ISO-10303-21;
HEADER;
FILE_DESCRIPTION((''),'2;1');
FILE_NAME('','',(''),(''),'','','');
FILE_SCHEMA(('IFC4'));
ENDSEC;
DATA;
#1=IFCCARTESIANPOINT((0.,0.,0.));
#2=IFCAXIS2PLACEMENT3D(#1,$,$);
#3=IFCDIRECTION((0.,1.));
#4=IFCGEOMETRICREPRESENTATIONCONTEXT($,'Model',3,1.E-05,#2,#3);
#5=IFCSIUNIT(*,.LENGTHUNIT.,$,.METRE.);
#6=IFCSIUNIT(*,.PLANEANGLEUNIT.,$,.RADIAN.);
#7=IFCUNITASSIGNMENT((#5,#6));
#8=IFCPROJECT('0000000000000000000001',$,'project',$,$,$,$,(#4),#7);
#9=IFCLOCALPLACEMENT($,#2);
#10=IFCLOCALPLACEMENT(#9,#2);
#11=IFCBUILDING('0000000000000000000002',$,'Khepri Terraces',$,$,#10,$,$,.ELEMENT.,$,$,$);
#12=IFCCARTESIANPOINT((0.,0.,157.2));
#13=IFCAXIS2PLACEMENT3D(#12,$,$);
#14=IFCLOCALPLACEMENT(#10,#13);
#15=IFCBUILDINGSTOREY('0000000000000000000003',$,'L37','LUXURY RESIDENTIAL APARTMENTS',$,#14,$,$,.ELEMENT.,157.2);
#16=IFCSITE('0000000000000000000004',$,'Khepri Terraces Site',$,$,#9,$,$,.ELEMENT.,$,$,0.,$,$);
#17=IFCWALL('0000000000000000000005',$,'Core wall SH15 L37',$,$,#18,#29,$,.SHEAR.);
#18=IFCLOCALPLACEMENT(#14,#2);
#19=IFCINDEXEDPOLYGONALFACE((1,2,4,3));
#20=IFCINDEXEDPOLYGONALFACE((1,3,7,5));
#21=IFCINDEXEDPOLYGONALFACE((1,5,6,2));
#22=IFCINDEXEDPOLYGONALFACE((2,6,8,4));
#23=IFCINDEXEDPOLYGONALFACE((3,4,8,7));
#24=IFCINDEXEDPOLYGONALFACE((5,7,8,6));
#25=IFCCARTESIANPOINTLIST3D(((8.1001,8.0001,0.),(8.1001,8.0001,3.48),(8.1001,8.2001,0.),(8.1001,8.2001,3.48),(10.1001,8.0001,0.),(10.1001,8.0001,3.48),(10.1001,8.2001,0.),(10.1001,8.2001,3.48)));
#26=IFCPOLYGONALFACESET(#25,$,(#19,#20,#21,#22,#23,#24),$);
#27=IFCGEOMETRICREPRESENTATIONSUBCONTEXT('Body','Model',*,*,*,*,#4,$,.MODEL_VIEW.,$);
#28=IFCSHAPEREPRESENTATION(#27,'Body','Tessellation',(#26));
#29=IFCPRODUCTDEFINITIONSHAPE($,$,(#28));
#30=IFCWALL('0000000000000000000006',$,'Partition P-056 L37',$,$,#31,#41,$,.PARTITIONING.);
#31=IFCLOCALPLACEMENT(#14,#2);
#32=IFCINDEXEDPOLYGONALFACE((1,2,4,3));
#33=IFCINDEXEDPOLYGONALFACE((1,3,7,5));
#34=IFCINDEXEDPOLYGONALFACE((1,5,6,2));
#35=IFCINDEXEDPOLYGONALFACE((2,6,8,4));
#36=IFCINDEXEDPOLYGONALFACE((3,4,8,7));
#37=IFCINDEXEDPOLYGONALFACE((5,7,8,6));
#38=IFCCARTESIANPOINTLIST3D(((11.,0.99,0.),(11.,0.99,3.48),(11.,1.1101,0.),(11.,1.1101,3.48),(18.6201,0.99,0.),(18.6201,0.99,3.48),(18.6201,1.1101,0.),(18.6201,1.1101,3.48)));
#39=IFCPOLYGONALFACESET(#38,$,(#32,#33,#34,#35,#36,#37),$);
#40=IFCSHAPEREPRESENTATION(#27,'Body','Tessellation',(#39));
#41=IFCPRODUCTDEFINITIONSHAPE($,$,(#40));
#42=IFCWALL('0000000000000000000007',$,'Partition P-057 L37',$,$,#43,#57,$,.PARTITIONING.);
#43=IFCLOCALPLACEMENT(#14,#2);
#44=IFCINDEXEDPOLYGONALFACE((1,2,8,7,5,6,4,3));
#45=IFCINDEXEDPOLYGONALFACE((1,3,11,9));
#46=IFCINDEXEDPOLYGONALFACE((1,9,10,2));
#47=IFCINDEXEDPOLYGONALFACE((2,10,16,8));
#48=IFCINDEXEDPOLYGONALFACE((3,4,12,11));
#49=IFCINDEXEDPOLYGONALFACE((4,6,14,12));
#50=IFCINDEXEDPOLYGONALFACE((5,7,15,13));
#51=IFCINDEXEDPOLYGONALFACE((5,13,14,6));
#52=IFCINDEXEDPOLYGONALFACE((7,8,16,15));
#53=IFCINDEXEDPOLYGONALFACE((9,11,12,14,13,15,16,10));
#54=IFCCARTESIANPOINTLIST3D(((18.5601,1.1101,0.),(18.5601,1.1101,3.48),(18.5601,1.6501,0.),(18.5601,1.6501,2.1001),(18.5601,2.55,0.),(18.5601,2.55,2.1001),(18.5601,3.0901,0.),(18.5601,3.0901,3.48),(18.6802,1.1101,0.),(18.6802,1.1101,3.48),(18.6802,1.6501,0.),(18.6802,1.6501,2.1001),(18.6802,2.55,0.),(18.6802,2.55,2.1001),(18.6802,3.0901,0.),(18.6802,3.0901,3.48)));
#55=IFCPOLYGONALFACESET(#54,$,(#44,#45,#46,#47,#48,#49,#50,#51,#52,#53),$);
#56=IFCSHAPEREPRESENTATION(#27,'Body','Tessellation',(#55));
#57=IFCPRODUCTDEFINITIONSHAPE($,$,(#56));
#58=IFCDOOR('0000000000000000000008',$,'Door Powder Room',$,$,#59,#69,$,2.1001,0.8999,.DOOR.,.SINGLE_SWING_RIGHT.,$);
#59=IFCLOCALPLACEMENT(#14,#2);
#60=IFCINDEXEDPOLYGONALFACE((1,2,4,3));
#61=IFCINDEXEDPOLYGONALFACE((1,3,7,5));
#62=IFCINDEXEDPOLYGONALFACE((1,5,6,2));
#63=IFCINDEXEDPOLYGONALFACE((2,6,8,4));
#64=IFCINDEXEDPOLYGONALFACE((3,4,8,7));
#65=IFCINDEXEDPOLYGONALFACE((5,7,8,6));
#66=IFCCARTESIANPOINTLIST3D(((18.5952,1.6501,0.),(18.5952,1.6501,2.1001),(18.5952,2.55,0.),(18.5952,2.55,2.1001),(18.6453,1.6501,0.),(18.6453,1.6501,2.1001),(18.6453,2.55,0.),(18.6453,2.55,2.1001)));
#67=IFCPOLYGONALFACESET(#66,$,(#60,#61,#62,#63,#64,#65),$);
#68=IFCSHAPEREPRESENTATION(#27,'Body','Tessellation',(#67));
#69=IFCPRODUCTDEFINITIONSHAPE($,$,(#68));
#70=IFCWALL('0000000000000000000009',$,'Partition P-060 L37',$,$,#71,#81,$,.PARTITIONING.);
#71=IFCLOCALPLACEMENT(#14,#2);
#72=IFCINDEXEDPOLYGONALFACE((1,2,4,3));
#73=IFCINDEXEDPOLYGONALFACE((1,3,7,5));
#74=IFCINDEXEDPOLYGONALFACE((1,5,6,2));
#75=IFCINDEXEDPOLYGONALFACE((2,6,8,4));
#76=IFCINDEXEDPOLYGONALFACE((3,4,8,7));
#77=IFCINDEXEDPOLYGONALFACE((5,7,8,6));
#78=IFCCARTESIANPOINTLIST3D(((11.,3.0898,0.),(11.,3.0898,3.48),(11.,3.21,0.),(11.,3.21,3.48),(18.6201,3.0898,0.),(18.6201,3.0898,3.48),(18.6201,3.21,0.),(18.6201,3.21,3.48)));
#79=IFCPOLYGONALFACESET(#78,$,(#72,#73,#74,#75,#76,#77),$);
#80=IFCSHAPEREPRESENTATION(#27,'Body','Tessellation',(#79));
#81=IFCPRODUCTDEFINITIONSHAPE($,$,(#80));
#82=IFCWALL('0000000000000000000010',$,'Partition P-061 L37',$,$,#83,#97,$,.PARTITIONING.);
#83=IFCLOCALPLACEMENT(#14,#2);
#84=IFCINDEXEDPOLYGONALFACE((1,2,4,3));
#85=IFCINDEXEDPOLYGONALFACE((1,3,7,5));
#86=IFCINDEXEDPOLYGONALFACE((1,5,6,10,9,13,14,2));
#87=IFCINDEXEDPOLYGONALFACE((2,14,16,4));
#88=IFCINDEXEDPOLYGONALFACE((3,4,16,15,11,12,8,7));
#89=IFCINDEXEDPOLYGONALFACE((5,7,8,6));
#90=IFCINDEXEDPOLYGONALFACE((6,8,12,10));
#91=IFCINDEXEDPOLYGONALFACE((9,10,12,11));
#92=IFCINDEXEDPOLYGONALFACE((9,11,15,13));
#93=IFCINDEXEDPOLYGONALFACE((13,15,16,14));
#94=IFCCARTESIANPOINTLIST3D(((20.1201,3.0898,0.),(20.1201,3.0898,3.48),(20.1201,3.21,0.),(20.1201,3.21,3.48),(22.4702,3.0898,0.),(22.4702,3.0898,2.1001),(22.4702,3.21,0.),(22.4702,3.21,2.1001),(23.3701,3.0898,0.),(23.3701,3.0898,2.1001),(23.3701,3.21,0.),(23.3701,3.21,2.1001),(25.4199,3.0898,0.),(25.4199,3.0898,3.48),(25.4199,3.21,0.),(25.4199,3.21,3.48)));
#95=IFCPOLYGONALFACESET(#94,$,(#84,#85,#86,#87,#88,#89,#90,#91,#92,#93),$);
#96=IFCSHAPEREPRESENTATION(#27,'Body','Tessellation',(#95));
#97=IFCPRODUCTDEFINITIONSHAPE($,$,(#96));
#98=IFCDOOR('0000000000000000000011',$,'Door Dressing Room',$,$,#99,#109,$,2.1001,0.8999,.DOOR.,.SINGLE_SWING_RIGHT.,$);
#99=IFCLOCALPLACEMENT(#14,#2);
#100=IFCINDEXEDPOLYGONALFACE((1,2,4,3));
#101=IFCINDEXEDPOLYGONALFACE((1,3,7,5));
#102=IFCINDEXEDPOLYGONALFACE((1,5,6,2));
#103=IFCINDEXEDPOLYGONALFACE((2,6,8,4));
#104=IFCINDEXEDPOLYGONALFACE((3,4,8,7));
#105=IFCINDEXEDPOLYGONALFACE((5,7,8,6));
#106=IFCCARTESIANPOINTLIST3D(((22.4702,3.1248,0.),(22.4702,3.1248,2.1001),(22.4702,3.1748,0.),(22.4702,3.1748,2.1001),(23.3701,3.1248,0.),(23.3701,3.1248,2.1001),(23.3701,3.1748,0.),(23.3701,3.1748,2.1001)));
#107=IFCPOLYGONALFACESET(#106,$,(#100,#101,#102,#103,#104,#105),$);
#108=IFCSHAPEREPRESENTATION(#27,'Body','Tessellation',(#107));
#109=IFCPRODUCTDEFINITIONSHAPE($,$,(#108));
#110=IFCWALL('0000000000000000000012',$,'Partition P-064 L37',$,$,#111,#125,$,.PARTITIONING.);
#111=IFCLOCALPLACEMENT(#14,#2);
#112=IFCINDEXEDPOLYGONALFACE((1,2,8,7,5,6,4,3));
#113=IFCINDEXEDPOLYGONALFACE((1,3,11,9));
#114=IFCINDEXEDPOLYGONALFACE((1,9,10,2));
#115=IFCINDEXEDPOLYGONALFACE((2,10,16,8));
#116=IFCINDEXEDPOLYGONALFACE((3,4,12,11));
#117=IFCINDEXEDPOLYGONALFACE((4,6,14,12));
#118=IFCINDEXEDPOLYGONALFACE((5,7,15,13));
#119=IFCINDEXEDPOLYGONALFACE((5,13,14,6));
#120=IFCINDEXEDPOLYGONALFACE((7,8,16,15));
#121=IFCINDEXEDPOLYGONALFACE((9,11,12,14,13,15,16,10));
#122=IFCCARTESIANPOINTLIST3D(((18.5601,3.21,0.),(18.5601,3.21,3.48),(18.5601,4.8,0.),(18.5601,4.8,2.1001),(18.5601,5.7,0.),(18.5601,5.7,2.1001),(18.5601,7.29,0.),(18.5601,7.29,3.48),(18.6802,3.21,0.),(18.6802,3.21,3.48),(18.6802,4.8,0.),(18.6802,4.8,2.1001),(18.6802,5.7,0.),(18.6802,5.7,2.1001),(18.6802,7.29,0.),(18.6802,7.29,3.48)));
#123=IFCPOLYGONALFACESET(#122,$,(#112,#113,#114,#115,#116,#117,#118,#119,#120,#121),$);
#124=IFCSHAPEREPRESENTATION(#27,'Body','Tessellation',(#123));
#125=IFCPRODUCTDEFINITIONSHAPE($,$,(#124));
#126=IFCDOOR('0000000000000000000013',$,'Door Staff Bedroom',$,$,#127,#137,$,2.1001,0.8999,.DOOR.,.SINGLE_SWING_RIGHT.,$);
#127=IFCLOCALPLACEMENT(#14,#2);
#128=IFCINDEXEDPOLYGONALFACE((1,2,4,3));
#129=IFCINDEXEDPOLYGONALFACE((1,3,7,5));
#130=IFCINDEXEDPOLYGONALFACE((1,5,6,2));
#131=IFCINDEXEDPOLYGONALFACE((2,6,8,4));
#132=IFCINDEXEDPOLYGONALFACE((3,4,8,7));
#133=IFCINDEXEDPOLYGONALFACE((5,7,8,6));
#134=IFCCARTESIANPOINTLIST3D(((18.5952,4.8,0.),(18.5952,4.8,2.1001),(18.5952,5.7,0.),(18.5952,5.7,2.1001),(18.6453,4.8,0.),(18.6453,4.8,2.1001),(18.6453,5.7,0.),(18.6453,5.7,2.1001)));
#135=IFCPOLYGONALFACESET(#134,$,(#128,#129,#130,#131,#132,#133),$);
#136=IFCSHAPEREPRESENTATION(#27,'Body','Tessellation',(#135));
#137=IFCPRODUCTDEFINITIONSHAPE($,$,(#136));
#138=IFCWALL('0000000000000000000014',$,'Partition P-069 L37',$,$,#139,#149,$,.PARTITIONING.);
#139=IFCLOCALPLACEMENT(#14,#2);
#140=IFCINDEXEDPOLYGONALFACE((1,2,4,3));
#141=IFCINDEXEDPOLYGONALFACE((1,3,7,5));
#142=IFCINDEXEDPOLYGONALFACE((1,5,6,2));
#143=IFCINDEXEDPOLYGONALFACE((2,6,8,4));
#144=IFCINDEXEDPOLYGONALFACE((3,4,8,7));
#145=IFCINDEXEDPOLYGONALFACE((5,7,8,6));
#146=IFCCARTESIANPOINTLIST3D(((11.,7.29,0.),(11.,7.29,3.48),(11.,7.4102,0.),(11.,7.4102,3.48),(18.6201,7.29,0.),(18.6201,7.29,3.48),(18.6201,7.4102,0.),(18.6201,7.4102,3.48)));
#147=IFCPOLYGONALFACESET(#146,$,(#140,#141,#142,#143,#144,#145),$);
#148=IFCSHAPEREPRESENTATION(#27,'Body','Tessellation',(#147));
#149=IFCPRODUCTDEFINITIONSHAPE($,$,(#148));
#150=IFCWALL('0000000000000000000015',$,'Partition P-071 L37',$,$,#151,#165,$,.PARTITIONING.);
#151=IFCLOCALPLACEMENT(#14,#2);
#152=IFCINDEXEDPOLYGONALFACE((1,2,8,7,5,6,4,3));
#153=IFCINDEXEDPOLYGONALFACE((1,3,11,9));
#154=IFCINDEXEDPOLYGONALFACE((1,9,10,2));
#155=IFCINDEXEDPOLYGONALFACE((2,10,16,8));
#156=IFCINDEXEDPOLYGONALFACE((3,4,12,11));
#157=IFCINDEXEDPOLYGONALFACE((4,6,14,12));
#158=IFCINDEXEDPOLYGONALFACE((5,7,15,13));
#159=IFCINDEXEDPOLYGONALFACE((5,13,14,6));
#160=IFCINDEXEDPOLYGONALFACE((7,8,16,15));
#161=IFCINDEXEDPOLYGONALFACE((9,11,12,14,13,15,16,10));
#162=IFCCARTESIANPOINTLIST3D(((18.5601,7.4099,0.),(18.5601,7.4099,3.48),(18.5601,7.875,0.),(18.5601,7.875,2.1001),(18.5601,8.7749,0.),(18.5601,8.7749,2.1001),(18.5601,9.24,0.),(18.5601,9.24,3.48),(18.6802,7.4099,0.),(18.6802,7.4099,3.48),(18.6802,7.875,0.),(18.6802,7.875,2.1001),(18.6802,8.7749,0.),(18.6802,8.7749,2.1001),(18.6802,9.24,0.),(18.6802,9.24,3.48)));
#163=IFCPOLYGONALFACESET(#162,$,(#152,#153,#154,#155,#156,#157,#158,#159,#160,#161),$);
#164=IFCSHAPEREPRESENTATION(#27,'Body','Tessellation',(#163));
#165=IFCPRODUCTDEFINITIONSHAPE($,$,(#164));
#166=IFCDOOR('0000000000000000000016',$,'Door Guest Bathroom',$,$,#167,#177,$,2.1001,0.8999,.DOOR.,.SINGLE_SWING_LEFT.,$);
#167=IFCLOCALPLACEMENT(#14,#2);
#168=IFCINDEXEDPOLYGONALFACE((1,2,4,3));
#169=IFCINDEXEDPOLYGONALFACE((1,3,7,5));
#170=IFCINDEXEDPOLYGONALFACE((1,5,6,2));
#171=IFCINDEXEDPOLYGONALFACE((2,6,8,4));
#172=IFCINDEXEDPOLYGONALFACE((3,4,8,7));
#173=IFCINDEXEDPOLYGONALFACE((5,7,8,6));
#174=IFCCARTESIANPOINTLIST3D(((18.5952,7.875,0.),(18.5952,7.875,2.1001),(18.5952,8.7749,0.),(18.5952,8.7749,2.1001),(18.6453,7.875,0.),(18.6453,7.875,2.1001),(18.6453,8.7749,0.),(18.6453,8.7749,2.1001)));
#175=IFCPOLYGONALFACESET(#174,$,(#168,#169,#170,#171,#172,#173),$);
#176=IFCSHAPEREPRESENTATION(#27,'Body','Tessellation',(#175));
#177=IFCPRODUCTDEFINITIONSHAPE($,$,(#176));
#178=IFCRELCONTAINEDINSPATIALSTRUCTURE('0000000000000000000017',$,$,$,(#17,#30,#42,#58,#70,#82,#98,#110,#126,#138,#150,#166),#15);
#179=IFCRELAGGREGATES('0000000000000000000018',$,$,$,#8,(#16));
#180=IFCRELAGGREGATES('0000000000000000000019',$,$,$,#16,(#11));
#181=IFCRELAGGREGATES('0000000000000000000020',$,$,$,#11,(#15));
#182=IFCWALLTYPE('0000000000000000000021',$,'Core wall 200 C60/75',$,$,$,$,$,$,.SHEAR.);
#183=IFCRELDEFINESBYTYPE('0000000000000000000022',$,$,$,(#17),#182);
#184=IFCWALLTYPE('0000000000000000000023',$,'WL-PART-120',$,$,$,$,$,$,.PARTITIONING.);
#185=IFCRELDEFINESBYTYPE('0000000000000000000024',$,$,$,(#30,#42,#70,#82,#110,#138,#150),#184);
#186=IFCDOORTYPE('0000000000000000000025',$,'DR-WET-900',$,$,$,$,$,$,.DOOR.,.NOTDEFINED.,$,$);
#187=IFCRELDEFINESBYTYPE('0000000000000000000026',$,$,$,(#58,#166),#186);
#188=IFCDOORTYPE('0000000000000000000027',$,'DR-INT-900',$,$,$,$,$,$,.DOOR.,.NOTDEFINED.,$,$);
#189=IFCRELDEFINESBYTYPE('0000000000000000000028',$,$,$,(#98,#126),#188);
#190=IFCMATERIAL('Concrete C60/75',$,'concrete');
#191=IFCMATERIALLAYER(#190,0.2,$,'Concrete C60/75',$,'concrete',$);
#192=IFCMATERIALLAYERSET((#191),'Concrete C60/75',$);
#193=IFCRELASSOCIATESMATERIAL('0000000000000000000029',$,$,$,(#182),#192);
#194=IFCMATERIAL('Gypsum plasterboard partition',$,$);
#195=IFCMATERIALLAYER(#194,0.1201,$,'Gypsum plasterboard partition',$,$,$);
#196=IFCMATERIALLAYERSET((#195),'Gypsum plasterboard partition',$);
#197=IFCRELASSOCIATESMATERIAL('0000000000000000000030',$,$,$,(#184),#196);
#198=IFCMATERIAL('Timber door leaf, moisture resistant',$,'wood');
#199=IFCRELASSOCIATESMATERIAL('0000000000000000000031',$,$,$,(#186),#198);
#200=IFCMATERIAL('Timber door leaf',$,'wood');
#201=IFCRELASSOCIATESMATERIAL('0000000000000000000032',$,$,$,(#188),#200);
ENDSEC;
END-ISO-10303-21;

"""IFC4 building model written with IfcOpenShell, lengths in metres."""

from ifc_helpers import new_model, si_unit, direction, frame, frame_2d, origin, place, context, subcontext, project, spatial, rectangle, extrude, material, layer, layer_set, type_object, element, fill, save


model = new_model("IFC4")

# Units and contexts
model_context = context("Model", 3, precision=1e-05, world=origin(), true_north=direction((0.0, 1.0)))
body_context = subcontext(model_context, "Body", "Model", "MODEL_VIEW")
ifc_project = project(units=[si_unit("LENGTHUNIT", "METRE"), si_unit("PLANEANGLEUNIT", "RADIAN")], contexts=[model_context])

# Site, building, storey
site_placement = place(None, origin())
site = spatial("IfcSite", under=ifc_project, at=site_placement, Name="Khepri Terraces Site", CompositionType="ELEMENT", RefElevation=0.0)
building_placement = place(site_placement, origin())
building = spatial("IfcBuilding", under=site, at=building_placement, Name="Khepri Terraces", CompositionType="ELEMENT")
storey_placement = place(building_placement, frame((0.0, 0.0, 157.2)))
storey = spatial("IfcBuildingStorey", under=building, at=storey_placement, Name="L37", Description="LUXURY RESIDENTIAL APARTMENTS", CompositionType="ELEMENT", Elevation=157.2)

# Walls
ifc_material_1 = material(Name="Concrete C60/75", Category="concrete")
ifc_layer_1 = layer(ifc_material_1, 0.2, Name="Concrete C60/75", Category="concrete")
ifc_layer_set_1 = layer_set([ifc_layer_1], Name="Concrete C60/75")
wall_type_1 = type_object("IfcWallType", Name="Core wall 200 C60/75", PredefinedType="SHEAR", material=ifc_layer_set_1)
wall_1_placement = place(storey_placement, frame((8.1001, 8.1001, 0.0), z_axis=(0.0, 0.0, 1.0), x_axis=(1.0, 0.0, 0.0)))
element("IfcWall", 1, at=wall_1_placement, inside=storey, type_object=wall_type_1, Name="Core wall SH15 L37", PredefinedType="SHEAR", context=body_context, shape_type="SweptSolid", body=[
    extrude(rectangle(XDim=2.0, YDim=0.2, at=frame_2d((1.0, 0.0))), origin(), (0.0, 0.0, 1.0), 3.48),
])
ifc_material_2 = material(Name="Gypsum plasterboard partition")
ifc_layer_2 = layer(ifc_material_2, 0.1201, Name="Gypsum plasterboard partition")
ifc_layer_set_2 = layer_set([ifc_layer_2], Name="Gypsum plasterboard partition")
wall_type_2 = type_object("IfcWallType", Name="WL-PART-120", PredefinedType="PARTITIONING", material=ifc_layer_set_2)
wall_2_placement = place(storey_placement, frame((11.0, 1.05, 0.0), z_axis=(0.0, 0.0, 1.0), x_axis=(1.0, 0.0, 0.0)))
element("IfcWall", 2, at=wall_2_placement, inside=storey, type_object=wall_type_2, Name="Partition P-056 L37", PredefinedType="PARTITIONING", context=body_context, shape_type="SweptSolid", body=[
    extrude(rectangle(XDim=7.6201, YDim=0.1201, at=frame_2d((3.8101, 0.0))), origin(), (0.0, 0.0, 1.0), 3.48),
])

# Wall, opening, door
wall_3_placement = place(storey_placement, frame((18.6201, 1.1101, 0.0), z_axis=(0.0, 0.0, 1.0), x_axis=(0.0, 1.0, 0.0)))
wall_3 = element("IfcWall", 3, at=wall_3_placement, inside=storey, type_object=wall_type_2, Name="Partition P-057 L37", PredefinedType="PARTITIONING", context=body_context, shape_type="SweptSolid", body=[
    extrude(rectangle(XDim=1.98, YDim=0.1201, at=frame_2d((0.99, 0.0))), origin(), (0.0, 0.0, 1.0), 3.48),
])
opening_1_placement = place(wall_3_placement, frame((0.54, 0.0, 0.0)))
opening_1 = element("IfcOpeningElement", 4, at=opening_1_placement, cuts=wall_3, PredefinedType="OPENING", context=body_context, shape_type="SweptSolid", body=[
    extrude(rectangle(XDim=0.8999, YDim=2.1001, at=frame_2d((0.45, 1.05))), frame((0.0, 0.0701, 0.0), z_axis=(0.0, -1.0, 0.0), x_axis=(1.0, 0.0, 0.0)), (0.0, 0.0, 1.0), 0.1401),
])
ifc_material_3 = material(Name="Timber door leaf, moisture resistant", Category="wood")
door_type_1 = type_object("IfcDoorType", Name="DR-WET-900", OperationType="NOTDEFINED", PredefinedType="DOOR", material=ifc_material_3)
door_1_placement = place(opening_1_placement, origin())
door_1 = element("IfcDoor", 5, at=door_1_placement, inside=storey, type_object=door_type_1, Name="Door Powder Room", OperationType="SINGLE_SWING_RIGHT", OverallHeight=2.1001, OverallWidth=0.8999, PredefinedType="DOOR", context=body_context, shape_type="SweptSolid", body=[
    extrude(rectangle(XDim=0.8999, YDim=2.1001, at=frame_2d((0.45, 1.05))), frame((0.0, 0.0249, 0.0), z_axis=(0.0, -1.0, 0.0), x_axis=(1.0, 0.0, 0.0)), (0.0, 0.0, 1.0), 0.05),
])
fill(opening_1, door_1)

# Wall
wall_4_placement = place(storey_placement, frame((11.0, 3.1499, 0.0), z_axis=(0.0, 0.0, 1.0), x_axis=(1.0, 0.0, 0.0)))
element("IfcWall", 6, at=wall_4_placement, inside=storey, type_object=wall_type_2, Name="Partition P-060 L37", PredefinedType="PARTITIONING", context=body_context, shape_type="SweptSolid", body=[
    extrude(rectangle(XDim=7.6201, YDim=0.1201, at=frame_2d((3.8101, 0.0))), origin(), (0.0, 0.0, 1.0), 3.48),
])

# Walls, openings, doors
wall_5_placement = place(storey_placement, frame((20.1201, 3.1499, 0.0), z_axis=(0.0, 0.0, 1.0), x_axis=(1.0, 0.0, 0.0)))
wall_5 = element("IfcWall", 7, at=wall_5_placement, inside=storey, type_object=wall_type_2, Name="Partition P-061 L37", PredefinedType="PARTITIONING", context=body_context, shape_type="SweptSolid", body=[
    extrude(rectangle(XDim=5.2998, YDim=0.1201, at=frame_2d((2.6499, 0.0))), origin(), (0.0, 0.0, 1.0), 3.48),
])
opening_2_placement = place(wall_5_placement, frame((2.3501, 0.0, 0.0)))
opening_2 = element("IfcOpeningElement", 8, at=opening_2_placement, cuts=wall_5, PredefinedType="OPENING", context=body_context, shape_type="SweptSolid", body=[
    extrude(rectangle(XDim=0.8999, YDim=2.1001, at=frame_2d((0.45, 1.05))), frame((0.0, 0.0701, 0.0), z_axis=(0.0, -1.0, 0.0), x_axis=(1.0, 0.0, 0.0)), (0.0, 0.0, 1.0), 0.1401),
])
ifc_material_4 = material(Name="Timber door leaf", Category="wood")
door_type_2 = type_object("IfcDoorType", Name="DR-INT-900", OperationType="NOTDEFINED", PredefinedType="DOOR", material=ifc_material_4)
door_2_placement = place(opening_2_placement, origin())
door_2 = element("IfcDoor", 9, at=door_2_placement, inside=storey, type_object=door_type_2, Name="Door Dressing Room", OperationType="SINGLE_SWING_RIGHT", OverallHeight=2.1001, OverallWidth=0.8999, PredefinedType="DOOR", context=body_context, shape_type="SweptSolid", body=[
    extrude(rectangle(XDim=0.8999, YDim=2.1001, at=frame_2d((0.45, 1.05))), frame((0.0, 0.0249, 0.0), z_axis=(0.0, -1.0, 0.0), x_axis=(1.0, 0.0, 0.0)), (0.0, 0.0, 1.0), 0.05),
])
fill(opening_2, door_2)
wall_6_placement = place(storey_placement, frame((18.6201, 3.21, 0.0), z_axis=(0.0, 0.0, 1.0), x_axis=(0.0, 1.0, 0.0)))
wall_6 = element("IfcWall", 10, at=wall_6_placement, inside=storey, type_object=wall_type_2, Name="Partition P-064 L37", PredefinedType="PARTITIONING", context=body_context, shape_type="SweptSolid", body=[
    extrude(rectangle(XDim=4.0801, YDim=0.1201, at=frame_2d((2.04, 0.0))), origin(), (0.0, 0.0, 1.0), 3.48),
])
opening_3_placement = place(wall_6_placement, frame((1.5901, 0.0, 0.0)))
opening_3 = element("IfcOpeningElement", 11, at=opening_3_placement, cuts=wall_6, PredefinedType="OPENING", context=body_context, shape_type="SweptSolid", body=[
    extrude(rectangle(XDim=0.8999, YDim=2.1001, at=frame_2d((0.45, 1.05))), frame((0.0, 0.0701, 0.0), z_axis=(0.0, -1.0, 0.0), x_axis=(1.0, 0.0, 0.0)), (0.0, 0.0, 1.0), 0.1401),
])
door_3_placement = place(opening_3_placement, origin())
door_3 = element("IfcDoor", 12, at=door_3_placement, inside=storey, type_object=door_type_2, Name="Door Staff Bedroom", OperationType="SINGLE_SWING_RIGHT", OverallHeight=2.1001, OverallWidth=0.8999, PredefinedType="DOOR", context=body_context, shape_type="SweptSolid", body=[
    extrude(rectangle(XDim=0.8999, YDim=2.1001, at=frame_2d((0.45, 1.05))), frame((0.0, 0.0249, 0.0), z_axis=(0.0, -1.0, 0.0), x_axis=(1.0, 0.0, 0.0)), (0.0, 0.0, 1.0), 0.05),
])
fill(opening_3, door_3)

# Wall
wall_7_placement = place(storey_placement, frame((11.0, 7.3501, 0.0), z_axis=(0.0, 0.0, 1.0), x_axis=(1.0, 0.0, 0.0)))
element("IfcWall", 13, at=wall_7_placement, inside=storey, type_object=wall_type_2, Name="Partition P-069 L37", PredefinedType="PARTITIONING", context=body_context, shape_type="SweptSolid", body=[
    extrude(rectangle(XDim=7.6201, YDim=0.1201, at=frame_2d((3.8101, 0.0))), origin(), (0.0, 0.0, 1.0), 3.48),
])

# Wall, opening, door
wall_8_placement = place(storey_placement, frame((18.6201, 7.4099, 0.0), z_axis=(0.0, 0.0, 1.0), x_axis=(0.0, 1.0, 0.0)))
wall_8 = element("IfcWall", 14, at=wall_8_placement, inside=storey, type_object=wall_type_2, Name="Partition P-071 L37", PredefinedType="PARTITIONING", context=body_context, shape_type="SweptSolid", body=[
    extrude(rectangle(XDim=1.8301, YDim=0.1201, at=frame_2d((0.915, 0.0))), origin(), (0.0, 0.0, 1.0), 3.48),
])
opening_4_placement = place(wall_8_placement, frame((0.4651, 0.0, 0.0)))
opening_4 = element("IfcOpeningElement", 15, at=opening_4_placement, cuts=wall_8, PredefinedType="OPENING", context=body_context, shape_type="SweptSolid", body=[
    extrude(rectangle(XDim=0.8999, YDim=2.1001, at=frame_2d((0.45, 1.05))), frame((0.0, 0.0701, 0.0), z_axis=(0.0, -1.0, 0.0), x_axis=(1.0, 0.0, 0.0)), (0.0, 0.0, 1.0), 0.1401),
])
door_4_placement = place(opening_4_placement, origin())
door_4 = element("IfcDoor", 16, at=door_4_placement, inside=storey, type_object=door_type_1, Name="Door Guest Bathroom", OperationType="SINGLE_SWING_LEFT", OverallHeight=2.1001, OverallWidth=0.8999, PredefinedType="DOOR", context=body_context, shape_type="SweptSolid", body=[
    extrude(rectangle(XDim=0.8999, YDim=2.1001, at=frame_2d((0.45, 1.05))), frame((0.0, 0.0249, 0.0), z_axis=(0.0, -1.0, 0.0), x_axis=(1.0, 0.0, 0.0)), (0.0, 0.0, 1.0), 0.05),
])
fill(opening_4, door_4)

save(model, "model.ifc")
